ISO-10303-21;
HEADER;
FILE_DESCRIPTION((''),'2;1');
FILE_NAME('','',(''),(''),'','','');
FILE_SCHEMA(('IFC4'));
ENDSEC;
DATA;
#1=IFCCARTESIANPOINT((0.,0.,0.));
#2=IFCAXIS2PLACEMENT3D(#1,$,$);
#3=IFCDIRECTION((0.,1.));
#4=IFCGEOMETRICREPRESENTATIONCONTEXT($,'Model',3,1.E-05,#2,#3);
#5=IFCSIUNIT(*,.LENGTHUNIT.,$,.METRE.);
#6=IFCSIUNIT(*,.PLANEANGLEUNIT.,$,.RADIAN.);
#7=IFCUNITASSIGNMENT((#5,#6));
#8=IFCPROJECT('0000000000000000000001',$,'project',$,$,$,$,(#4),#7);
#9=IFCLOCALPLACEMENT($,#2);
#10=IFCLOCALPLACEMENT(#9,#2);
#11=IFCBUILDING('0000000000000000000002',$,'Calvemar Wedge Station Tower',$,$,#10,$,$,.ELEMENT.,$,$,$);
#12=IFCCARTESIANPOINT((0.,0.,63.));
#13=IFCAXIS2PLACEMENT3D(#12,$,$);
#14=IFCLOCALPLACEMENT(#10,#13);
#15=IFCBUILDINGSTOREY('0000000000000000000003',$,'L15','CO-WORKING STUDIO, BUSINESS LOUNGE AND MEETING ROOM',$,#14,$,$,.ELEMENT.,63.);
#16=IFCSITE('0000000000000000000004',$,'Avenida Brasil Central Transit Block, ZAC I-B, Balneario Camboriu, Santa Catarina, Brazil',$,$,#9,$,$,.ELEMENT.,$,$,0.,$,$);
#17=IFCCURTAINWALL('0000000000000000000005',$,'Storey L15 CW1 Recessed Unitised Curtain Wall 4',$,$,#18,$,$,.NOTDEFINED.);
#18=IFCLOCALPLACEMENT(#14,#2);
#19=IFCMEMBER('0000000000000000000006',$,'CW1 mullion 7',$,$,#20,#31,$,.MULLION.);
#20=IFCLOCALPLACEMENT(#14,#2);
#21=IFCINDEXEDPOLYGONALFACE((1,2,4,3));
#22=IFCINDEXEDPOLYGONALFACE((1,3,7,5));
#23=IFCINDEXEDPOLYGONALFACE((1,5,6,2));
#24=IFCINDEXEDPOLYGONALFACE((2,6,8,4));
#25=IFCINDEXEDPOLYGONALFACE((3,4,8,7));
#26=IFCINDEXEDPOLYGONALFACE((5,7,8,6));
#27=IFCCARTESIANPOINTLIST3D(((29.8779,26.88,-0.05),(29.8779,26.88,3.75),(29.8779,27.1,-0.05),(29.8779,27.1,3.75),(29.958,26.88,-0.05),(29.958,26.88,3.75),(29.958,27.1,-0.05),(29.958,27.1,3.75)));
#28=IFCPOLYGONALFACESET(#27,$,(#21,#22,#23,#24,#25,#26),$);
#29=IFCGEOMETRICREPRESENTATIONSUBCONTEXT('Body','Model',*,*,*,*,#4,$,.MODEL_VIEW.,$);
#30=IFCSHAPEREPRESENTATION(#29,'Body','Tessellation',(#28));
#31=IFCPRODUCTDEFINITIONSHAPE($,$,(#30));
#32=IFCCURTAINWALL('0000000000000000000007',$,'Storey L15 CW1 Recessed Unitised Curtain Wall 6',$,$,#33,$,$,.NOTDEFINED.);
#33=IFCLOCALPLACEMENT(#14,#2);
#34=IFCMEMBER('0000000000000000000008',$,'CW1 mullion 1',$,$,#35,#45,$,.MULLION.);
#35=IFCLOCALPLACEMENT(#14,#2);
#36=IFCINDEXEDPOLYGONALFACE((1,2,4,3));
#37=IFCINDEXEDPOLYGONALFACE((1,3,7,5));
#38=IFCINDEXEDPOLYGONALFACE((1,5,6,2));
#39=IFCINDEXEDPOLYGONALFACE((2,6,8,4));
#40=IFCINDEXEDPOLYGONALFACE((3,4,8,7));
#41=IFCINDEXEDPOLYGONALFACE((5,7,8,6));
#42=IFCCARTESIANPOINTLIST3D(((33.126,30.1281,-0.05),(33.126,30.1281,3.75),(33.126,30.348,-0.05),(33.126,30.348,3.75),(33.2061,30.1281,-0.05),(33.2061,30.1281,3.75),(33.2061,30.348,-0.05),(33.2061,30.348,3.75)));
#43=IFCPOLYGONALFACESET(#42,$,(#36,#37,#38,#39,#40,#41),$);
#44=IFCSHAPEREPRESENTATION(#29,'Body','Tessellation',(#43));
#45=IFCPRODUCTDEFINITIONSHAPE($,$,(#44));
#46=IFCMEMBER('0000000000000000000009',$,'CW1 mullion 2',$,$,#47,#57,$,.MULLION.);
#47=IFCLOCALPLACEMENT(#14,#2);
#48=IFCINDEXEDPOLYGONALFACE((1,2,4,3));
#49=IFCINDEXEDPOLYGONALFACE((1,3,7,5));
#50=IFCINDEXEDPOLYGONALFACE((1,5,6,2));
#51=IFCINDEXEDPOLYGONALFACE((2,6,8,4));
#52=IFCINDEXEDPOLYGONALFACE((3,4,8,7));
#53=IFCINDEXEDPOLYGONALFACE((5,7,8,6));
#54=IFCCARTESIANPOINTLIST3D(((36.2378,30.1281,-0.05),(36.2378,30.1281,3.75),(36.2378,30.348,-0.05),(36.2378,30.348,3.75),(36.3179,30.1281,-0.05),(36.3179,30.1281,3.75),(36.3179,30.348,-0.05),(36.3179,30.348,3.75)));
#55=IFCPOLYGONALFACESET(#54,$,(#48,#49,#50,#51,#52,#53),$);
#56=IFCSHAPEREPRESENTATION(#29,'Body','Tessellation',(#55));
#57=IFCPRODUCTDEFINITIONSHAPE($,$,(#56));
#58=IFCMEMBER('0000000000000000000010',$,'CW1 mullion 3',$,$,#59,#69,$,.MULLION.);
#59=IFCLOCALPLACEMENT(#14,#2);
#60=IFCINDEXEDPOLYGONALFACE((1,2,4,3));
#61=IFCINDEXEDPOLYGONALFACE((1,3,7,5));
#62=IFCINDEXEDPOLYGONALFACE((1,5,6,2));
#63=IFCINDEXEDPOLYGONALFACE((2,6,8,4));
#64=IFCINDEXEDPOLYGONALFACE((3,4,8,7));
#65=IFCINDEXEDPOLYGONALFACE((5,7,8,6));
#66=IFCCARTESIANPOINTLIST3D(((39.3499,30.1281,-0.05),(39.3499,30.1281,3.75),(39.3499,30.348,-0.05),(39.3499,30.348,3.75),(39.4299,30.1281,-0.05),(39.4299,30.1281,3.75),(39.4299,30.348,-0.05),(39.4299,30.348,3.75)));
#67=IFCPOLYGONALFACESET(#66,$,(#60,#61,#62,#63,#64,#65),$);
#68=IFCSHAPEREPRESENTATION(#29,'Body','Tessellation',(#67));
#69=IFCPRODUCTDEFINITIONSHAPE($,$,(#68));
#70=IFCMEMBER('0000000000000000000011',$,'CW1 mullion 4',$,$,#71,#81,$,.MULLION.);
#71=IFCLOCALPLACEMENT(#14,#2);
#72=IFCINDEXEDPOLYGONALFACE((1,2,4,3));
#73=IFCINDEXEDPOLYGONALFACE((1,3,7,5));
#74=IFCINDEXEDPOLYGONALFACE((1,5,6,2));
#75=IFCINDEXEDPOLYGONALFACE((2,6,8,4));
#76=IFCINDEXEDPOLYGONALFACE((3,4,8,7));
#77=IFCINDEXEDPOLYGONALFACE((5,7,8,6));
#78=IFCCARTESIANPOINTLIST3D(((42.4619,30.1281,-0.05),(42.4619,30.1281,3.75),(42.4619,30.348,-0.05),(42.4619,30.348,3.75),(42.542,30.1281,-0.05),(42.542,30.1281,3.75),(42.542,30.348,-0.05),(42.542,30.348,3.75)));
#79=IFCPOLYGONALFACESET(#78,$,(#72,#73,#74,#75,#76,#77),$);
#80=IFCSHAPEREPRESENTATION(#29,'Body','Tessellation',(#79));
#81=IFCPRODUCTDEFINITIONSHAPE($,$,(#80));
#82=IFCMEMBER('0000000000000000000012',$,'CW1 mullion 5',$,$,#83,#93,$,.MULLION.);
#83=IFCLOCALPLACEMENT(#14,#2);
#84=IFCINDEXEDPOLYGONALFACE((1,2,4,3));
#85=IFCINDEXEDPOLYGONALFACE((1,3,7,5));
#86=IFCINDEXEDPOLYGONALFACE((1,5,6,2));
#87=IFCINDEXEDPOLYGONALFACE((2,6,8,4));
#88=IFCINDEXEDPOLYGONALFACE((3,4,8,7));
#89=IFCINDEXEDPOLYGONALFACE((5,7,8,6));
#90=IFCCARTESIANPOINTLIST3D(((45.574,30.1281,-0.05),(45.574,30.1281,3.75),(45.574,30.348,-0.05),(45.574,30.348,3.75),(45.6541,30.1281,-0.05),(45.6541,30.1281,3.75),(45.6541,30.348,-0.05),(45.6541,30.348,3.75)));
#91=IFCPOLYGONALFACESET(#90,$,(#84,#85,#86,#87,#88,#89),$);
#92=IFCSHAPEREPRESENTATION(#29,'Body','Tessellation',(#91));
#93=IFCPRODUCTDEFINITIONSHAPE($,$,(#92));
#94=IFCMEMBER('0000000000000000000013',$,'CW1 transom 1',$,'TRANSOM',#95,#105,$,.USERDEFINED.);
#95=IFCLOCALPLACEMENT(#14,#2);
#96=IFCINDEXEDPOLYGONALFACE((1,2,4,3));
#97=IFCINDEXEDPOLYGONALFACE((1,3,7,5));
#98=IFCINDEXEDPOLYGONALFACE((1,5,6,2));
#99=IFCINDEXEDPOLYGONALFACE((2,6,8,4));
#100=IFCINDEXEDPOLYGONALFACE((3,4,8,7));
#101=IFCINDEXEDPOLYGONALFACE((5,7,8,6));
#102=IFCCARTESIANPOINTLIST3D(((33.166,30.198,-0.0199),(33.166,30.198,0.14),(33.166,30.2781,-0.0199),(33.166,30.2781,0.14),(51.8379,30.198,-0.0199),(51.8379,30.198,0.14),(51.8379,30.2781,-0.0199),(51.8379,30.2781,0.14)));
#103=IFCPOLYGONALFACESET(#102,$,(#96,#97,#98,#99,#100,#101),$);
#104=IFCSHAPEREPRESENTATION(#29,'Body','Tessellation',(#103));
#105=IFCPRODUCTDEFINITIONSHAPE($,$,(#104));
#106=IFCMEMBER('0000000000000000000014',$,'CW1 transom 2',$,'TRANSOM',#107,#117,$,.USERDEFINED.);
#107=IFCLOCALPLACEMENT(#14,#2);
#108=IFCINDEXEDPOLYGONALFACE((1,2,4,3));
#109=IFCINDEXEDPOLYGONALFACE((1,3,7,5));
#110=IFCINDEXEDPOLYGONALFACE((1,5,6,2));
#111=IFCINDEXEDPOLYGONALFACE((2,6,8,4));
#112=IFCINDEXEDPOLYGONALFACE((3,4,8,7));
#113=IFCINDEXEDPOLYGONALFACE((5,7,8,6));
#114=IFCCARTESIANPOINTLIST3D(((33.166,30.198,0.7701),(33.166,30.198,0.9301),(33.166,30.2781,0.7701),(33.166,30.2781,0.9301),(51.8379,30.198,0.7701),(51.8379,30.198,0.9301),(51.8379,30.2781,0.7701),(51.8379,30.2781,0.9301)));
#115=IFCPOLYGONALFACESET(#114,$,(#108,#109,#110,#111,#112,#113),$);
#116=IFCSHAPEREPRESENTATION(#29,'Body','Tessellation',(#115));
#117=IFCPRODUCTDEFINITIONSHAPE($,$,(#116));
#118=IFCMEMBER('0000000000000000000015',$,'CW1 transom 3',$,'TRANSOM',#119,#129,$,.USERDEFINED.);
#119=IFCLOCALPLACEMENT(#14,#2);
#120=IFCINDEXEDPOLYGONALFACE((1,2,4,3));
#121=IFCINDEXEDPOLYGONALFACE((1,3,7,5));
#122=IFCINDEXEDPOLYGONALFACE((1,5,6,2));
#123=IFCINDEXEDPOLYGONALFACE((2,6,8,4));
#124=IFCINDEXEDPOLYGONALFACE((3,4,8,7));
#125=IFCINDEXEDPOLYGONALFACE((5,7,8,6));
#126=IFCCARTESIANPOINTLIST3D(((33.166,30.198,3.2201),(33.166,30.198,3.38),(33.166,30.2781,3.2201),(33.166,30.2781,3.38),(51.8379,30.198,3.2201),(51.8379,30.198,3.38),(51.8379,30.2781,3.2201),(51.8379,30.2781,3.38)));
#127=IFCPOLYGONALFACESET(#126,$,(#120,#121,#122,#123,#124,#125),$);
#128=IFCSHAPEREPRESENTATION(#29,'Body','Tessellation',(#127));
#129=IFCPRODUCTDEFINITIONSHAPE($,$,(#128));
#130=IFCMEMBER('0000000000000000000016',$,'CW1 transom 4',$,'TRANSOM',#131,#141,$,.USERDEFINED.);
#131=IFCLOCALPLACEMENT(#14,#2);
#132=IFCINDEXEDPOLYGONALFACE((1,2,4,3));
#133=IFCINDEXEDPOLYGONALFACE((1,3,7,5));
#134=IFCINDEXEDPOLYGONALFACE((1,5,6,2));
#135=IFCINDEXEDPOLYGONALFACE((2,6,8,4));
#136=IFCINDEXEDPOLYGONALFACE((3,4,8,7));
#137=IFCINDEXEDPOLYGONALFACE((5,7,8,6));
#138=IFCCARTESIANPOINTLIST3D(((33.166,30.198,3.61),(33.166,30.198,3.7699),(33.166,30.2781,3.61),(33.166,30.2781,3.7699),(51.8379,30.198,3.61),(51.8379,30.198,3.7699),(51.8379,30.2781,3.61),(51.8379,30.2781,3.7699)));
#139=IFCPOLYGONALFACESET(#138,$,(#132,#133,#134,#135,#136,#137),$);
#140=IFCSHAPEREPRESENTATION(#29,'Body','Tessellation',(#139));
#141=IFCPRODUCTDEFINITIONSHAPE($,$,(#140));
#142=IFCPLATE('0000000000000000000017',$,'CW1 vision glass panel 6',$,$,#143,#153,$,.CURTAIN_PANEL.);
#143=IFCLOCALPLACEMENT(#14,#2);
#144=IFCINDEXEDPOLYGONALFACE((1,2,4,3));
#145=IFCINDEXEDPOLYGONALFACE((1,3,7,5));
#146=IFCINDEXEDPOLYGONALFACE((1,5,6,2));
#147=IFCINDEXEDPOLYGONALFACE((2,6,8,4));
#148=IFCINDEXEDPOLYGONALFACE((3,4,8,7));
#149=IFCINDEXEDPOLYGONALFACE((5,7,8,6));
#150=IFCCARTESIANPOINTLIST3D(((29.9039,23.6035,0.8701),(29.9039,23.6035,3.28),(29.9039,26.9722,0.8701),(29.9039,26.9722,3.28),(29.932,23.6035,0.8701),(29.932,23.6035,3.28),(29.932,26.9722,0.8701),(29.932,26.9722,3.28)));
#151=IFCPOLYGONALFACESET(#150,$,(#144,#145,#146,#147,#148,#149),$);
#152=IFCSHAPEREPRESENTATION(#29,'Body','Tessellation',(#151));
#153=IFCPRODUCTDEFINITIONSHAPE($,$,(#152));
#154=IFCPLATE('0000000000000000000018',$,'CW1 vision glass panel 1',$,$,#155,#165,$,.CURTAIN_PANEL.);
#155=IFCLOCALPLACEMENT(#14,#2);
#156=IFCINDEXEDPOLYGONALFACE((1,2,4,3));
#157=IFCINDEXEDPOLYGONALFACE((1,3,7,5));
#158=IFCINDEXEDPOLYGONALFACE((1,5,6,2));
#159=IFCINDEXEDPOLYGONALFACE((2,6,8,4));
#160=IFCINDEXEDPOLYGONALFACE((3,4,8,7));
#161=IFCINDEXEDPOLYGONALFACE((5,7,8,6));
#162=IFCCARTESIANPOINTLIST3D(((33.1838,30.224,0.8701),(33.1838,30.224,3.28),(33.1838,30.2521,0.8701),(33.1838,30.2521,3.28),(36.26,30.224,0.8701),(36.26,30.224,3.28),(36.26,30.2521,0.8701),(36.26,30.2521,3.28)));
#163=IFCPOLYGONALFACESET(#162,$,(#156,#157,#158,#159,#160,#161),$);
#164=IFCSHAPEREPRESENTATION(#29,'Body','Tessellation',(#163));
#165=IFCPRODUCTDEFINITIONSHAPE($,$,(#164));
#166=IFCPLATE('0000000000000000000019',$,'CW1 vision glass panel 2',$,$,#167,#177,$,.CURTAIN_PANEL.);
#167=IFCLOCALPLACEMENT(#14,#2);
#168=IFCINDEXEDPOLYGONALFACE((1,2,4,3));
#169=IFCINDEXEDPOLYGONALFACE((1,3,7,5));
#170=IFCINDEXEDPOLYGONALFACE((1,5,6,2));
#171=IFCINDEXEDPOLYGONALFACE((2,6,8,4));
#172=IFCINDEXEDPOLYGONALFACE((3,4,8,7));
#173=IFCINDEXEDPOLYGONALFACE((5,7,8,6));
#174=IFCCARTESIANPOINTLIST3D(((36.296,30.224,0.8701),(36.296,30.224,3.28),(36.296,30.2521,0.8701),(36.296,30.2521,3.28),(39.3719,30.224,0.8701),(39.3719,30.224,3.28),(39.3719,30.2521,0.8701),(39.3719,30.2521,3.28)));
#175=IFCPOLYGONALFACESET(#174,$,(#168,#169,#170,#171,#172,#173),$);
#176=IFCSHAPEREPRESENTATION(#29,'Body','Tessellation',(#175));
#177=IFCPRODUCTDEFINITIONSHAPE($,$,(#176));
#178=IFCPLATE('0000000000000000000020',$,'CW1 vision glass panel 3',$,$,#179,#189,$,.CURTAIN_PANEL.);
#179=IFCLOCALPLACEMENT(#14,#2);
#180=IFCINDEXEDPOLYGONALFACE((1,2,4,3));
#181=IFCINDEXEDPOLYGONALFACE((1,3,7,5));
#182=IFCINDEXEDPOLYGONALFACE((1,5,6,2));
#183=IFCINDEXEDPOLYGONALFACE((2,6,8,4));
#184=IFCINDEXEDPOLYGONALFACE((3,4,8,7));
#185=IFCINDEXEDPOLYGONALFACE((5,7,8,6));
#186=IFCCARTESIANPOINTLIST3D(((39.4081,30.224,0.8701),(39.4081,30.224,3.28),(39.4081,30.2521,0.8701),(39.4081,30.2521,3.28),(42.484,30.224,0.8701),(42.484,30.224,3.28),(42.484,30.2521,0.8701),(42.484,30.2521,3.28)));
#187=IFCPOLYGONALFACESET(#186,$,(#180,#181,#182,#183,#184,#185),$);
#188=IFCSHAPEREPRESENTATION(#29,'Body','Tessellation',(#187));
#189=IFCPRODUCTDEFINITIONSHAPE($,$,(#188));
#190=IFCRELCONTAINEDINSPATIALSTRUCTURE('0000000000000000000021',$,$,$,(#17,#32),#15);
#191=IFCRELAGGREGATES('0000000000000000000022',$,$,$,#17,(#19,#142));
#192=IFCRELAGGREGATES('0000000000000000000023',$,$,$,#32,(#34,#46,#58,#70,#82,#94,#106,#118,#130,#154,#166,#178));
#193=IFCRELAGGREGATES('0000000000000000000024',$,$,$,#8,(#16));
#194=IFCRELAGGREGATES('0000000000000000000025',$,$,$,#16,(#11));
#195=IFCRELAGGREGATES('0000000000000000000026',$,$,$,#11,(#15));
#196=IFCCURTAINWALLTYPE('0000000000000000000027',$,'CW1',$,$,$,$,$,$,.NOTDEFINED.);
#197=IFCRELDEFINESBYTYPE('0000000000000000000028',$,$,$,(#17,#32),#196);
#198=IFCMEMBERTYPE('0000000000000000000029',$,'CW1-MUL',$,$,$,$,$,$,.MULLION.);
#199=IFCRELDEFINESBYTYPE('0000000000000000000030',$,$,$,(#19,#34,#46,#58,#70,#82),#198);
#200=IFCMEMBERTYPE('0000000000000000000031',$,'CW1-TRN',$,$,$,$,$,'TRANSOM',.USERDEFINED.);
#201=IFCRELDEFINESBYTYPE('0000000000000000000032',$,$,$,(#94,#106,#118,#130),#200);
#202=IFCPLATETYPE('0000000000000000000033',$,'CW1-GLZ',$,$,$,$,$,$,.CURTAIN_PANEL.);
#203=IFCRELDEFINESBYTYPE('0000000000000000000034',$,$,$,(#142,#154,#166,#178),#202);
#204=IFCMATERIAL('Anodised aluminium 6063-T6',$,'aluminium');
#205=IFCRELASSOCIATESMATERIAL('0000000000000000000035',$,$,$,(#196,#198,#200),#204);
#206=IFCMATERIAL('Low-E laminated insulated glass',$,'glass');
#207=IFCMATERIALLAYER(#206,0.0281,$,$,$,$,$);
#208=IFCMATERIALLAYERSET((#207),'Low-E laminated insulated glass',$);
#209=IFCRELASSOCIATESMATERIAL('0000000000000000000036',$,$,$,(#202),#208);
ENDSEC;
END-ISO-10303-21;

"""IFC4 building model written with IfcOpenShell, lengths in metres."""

from ifc_helpers import new_model, si_unit, direction, frame, frame_2d, origin, origin_2d, place, context, subcontext, project, spatial, rectangle, extrude, source, transform, mapped, material, layer, layer_set, material_profile, profile_set, type_object, element, aggregate, save


model = new_model("IFC4")

# Units and contexts
model_context = context("Model", 3, precision=1e-05, world=origin(), true_north=direction((0.0, 1.0)))
body_context = subcontext(model_context, "Body", "Model", "MODEL_VIEW")
ifc_project = project(units=[si_unit("LENGTHUNIT", "METRE"), si_unit("PLANEANGLEUNIT", "RADIAN")], contexts=[model_context])

# Site, building, storey
site_placement = place(None, origin())
site = spatial("IfcSite", under=ifc_project, at=site_placement, Name="Avenida Brasil Central Transit Block, ZAC I-B, Balneario Camboriu, Santa Catarina, Brazil", CompositionType="ELEMENT", RefElevation=0.0)
building_placement = place(site_placement, origin())
building = spatial("IfcBuilding", under=site, at=building_placement, Name="Calvemar Wedge Station Tower", CompositionType="ELEMENT")
storey_placement = place(building_placement, frame((0.0, 0.0, 63.0)))
storey = spatial("IfcBuildingStorey", under=building, at=storey_placement, Name="L15", Description="CO-WORKING STUDIO, BUSINESS LOUNGE AND MEETING ROOM", CompositionType="ELEMENT", Elevation=63.0)

# Curtain wall, member
ifc_material_1 = material(Name="Anodised aluminium 6063-T6", Category="aluminium")
curtain_wall_type = type_object("IfcCurtainWallType", Name="CW1", PredefinedType="NOTDEFINED", material=ifc_material_1)
curtain_wall_1_placement = place(storey_placement, origin())
curtain_wall_1 = element("IfcCurtainWall", 1, at=curtain_wall_1_placement, inside=storey, type_object=curtain_wall_type, Name="Storey L15 CW1 Recessed Unitised Curtain Wall 4", PredefinedType="NOTDEFINED")
ifc_material_profile_1 = material_profile(ifc_material_1, rectangle(XDim=0.0801, YDim=0.22, at=origin_2d()), Name="AL-MUL-80x220")
ifc_profile_set_1 = profile_set([ifc_material_profile_1], Name="Anodised aluminium 6063-T6")
member_type_1 = type_object("IfcMemberType", Name="CW1-MUL", PredefinedType="MULLION", material=ifc_profile_set_1)
shared_shape_1 = source(origin(), body_context, "Body", "SweptSolid", [
    extrude(rectangle(XDim=0.0801, YDim=0.22, at=origin_2d()), origin(), (0.0, 0.0, 1.0), 3.8),
])
member_1_placement = place(storey_placement, frame((29.918, 26.99, -0.05), z_axis=(0.0, 0.0, 1.0), x_axis=(1.0, 0.0, 0.0)))
member_1 = element("IfcMember", 2, at=member_1_placement, type_object=member_type_1, Name="CW1 mullion 7", PredefinedType="MULLION", context=body_context, shape_type="MappedRepresentation", body=[
    mapped(shared_shape_1, transform((0.0, 0.0, 0.0), scale=1.0)),
])

# Curtain wall, members
curtain_wall_2_placement = place(storey_placement, origin())
curtain_wall_2 = element("IfcCurtainWall", 3, at=curtain_wall_2_placement, inside=storey, type_object=curtain_wall_type, Name="Storey L15 CW1 Recessed Unitised Curtain Wall 6", PredefinedType="NOTDEFINED")
member_2_placement = place(storey_placement, frame((33.166, 30.238, -0.05), z_axis=(0.0, 0.0, 1.0), x_axis=(1.0, 0.0, 0.0)))
member_2 = element("IfcMember", 4, at=member_2_placement, type_object=member_type_1, Name="CW1 mullion 1", PredefinedType="MULLION", context=body_context, shape_type="MappedRepresentation", body=[
    mapped(shared_shape_1, transform((0.0, 0.0, 0.0), scale=1.0)),
])
member_3_placement = place(storey_placement, frame((36.2778, 30.238, -0.05), z_axis=(0.0, 0.0, 1.0), x_axis=(1.0, 0.0, 0.0)))
member_3 = element("IfcMember", 5, at=member_3_placement, type_object=member_type_1, Name="CW1 mullion 2", PredefinedType="MULLION", context=body_context, shape_type="MappedRepresentation", body=[
    mapped(shared_shape_1, transform((0.0, 0.0, 0.0), scale=1.0)),
])
member_4_placement = place(storey_placement, frame((39.3899, 30.238, -0.05), z_axis=(0.0, 0.0, 1.0), x_axis=(1.0, 0.0, 0.0)))
member_4 = element("IfcMember", 6, at=member_4_placement, type_object=member_type_1, Name="CW1 mullion 3", PredefinedType="MULLION", context=body_context, shape_type="MappedRepresentation", body=[
    mapped(shared_shape_1, transform((0.0, 0.0, 0.0), scale=1.0)),
])
member_5_placement = place(storey_placement, frame((42.502, 30.238, -0.05), z_axis=(0.0, 0.0, 1.0), x_axis=(1.0, 0.0, 0.0)))
member_5 = element("IfcMember", 7, at=member_5_placement, type_object=member_type_1, Name="CW1 mullion 4", PredefinedType="MULLION", context=body_context, shape_type="MappedRepresentation", body=[
    mapped(shared_shape_1, transform((0.0, 0.0, 0.0), scale=1.0)),
])
member_6_placement = place(storey_placement, frame((45.614, 30.238, -0.05), z_axis=(0.0, 0.0, 1.0), x_axis=(1.0, 0.0, 0.0)))
member_6 = element("IfcMember", 8, at=member_6_placement, type_object=member_type_1, Name="CW1 mullion 5", PredefinedType="MULLION", context=body_context, shape_type="MappedRepresentation", body=[
    mapped(shared_shape_1, transform((0.0, 0.0, 0.0), scale=1.0)),
])
ifc_material_profile_2 = material_profile(ifc_material_1, rectangle(XDim=0.0801, YDim=0.1599, at=origin_2d()), Name="AL-TRN-80x160")
ifc_profile_set_2 = profile_set([ifc_material_profile_2], Name="Anodised aluminium 6063-T6")
member_type_2 = type_object("IfcMemberType", Name="CW1-TRN", ElementType="TRANSOM", PredefinedType="USERDEFINED", material=ifc_profile_set_2)
shared_shape_2 = source(origin(), body_context, "Body", "SweptSolid", [
    extrude(rectangle(XDim=0.0801, YDim=0.1599, at=origin_2d()), origin(), (0.0, 0.0, 1.0), 18.6719),
])
member_7_placement = place(storey_placement, frame((33.166, 30.238, 0.0601), z_axis=(1.0, 0.0, 0.0), x_axis=(0.0, 1.0, 0.0)))
member_7 = element("IfcMember", 9, at=member_7_placement, type_object=member_type_2, Name="CW1 transom 1", ObjectType="TRANSOM", PredefinedType="USERDEFINED", context=body_context, shape_type="MappedRepresentation", body=[
    mapped(shared_shape_2, transform((0.0, 0.0, 0.0), scale=1.0)),
])
member_8_placement = place(storey_placement, frame((33.166, 30.238, 0.8501), z_axis=(1.0, 0.0, 0.0), x_axis=(0.0, 1.0, 0.0)))
member_8 = element("IfcMember", 10, at=member_8_placement, type_object=member_type_2, Name="CW1 transom 2", ObjectType="TRANSOM", PredefinedType="USERDEFINED", context=body_context, shape_type="MappedRepresentation", body=[
    mapped(shared_shape_2, transform((0.0, 0.0, 0.0), scale=1.0)),
])
member_9_placement = place(storey_placement, frame((33.166, 30.238, 3.3), z_axis=(1.0, 0.0, 0.0), x_axis=(0.0, 1.0, 0.0)))
member_9 = element("IfcMember", 11, at=member_9_placement, type_object=member_type_2, Name="CW1 transom 3", ObjectType="TRANSOM", PredefinedType="USERDEFINED", context=body_context, shape_type="MappedRepresentation", body=[
    mapped(shared_shape_2, transform((0.0, 0.0, 0.0), scale=1.0)),
])
member_10_placement = place(storey_placement, frame((33.166, 30.238, 3.6899), z_axis=(1.0, 0.0, 0.0), x_axis=(0.0, 1.0, 0.0)))
member_10 = element("IfcMember", 12, at=member_10_placement, type_object=member_type_2, Name="CW1 transom 4", ObjectType="TRANSOM", PredefinedType="USERDEFINED", context=body_context, shape_type="MappedRepresentation", body=[
    mapped(shared_shape_2, transform((0.0, 0.0, 0.0), scale=1.0)),
])

# Plates
ifc_material_2 = material(Name="Low-E laminated insulated glass", Category="glass")
ifc_layer_1 = layer(ifc_material_2, 0.0281)
ifc_layer_set_1 = layer_set([ifc_layer_1], Name="Low-E laminated insulated glass")
plate_type_1 = type_object("IfcPlateType", Name="CW1-GLZ", PredefinedType="CURTAIN_PANEL", material=ifc_layer_set_1)
plate_1_placement = place(storey_placement, frame((29.918, 23.6035, 0.8701), z_axis=(0.0, 0.0, 1.0), x_axis=(0.0, 1.0, 0.0)))
plate_1 = element("IfcPlate", 13, at=plate_1_placement, type_object=plate_type_1, Name="CW1 vision glass panel 6", PredefinedType="CURTAIN_PANEL", context=body_context, shape_type="SweptSolid", body=[
    extrude(rectangle(XDim=3.3687, YDim=0.0281, at=frame_2d((1.6843, 0.0))), origin(), (0.0, 0.0, 1.0), 2.4099),
])
aggregate(curtain_wall_1, [member_1, plate_1])
plate_2_placement = place(storey_placement, frame((33.1838, 30.238, 0.8701), z_axis=(0.0, 0.0, 1.0), x_axis=(1.0, 0.0, 0.0)))
plate_2 = element("IfcPlate", 14, at=plate_2_placement, type_object=plate_type_1, Name="CW1 vision glass panel 1", PredefinedType="CURTAIN_PANEL", context=body_context, shape_type="SweptSolid", body=[
    extrude(rectangle(XDim=3.0762, YDim=0.0281, at=frame_2d((1.5381, 0.0))), origin(), (0.0, 0.0, 1.0), 2.4099),
])
plate_3_placement = place(storey_placement, frame((36.2959, 30.238, 0.8701), z_axis=(0.0, 0.0, 1.0), x_axis=(1.0, 0.0, 0.0)))
plate_3 = element("IfcPlate", 15, at=plate_3_placement, type_object=plate_type_1, Name="CW1 vision glass panel 2", PredefinedType="CURTAIN_PANEL", context=body_context, shape_type="SweptSolid", body=[
    extrude(rectangle(XDim=3.0759, YDim=0.0281, at=frame_2d((1.5381, 0.0))), origin(), (0.0, 0.0, 1.0), 2.4099),
])
plate_4_placement = place(storey_placement, frame((39.408, 30.238, 0.8701), z_axis=(0.0, 0.0, 1.0), x_axis=(1.0, 0.0, 0.0)))
plate_4 = element("IfcPlate", 16, at=plate_4_placement, type_object=plate_type_1, Name="CW1 vision glass panel 3", PredefinedType="CURTAIN_PANEL", context=body_context, shape_type="SweptSolid", body=[
    extrude(rectangle(XDim=3.0759, YDim=0.0281, at=frame_2d((1.5381, 0.0))), origin(), (0.0, 0.0, 1.0), 2.4099),
])
aggregate(curtain_wall_2, [member_2, member_3, member_4, member_5, member_6, member_7, member_8, member_9, member_10, plate_2, plate_3, plate_4])

save(model, "model.ifc")
